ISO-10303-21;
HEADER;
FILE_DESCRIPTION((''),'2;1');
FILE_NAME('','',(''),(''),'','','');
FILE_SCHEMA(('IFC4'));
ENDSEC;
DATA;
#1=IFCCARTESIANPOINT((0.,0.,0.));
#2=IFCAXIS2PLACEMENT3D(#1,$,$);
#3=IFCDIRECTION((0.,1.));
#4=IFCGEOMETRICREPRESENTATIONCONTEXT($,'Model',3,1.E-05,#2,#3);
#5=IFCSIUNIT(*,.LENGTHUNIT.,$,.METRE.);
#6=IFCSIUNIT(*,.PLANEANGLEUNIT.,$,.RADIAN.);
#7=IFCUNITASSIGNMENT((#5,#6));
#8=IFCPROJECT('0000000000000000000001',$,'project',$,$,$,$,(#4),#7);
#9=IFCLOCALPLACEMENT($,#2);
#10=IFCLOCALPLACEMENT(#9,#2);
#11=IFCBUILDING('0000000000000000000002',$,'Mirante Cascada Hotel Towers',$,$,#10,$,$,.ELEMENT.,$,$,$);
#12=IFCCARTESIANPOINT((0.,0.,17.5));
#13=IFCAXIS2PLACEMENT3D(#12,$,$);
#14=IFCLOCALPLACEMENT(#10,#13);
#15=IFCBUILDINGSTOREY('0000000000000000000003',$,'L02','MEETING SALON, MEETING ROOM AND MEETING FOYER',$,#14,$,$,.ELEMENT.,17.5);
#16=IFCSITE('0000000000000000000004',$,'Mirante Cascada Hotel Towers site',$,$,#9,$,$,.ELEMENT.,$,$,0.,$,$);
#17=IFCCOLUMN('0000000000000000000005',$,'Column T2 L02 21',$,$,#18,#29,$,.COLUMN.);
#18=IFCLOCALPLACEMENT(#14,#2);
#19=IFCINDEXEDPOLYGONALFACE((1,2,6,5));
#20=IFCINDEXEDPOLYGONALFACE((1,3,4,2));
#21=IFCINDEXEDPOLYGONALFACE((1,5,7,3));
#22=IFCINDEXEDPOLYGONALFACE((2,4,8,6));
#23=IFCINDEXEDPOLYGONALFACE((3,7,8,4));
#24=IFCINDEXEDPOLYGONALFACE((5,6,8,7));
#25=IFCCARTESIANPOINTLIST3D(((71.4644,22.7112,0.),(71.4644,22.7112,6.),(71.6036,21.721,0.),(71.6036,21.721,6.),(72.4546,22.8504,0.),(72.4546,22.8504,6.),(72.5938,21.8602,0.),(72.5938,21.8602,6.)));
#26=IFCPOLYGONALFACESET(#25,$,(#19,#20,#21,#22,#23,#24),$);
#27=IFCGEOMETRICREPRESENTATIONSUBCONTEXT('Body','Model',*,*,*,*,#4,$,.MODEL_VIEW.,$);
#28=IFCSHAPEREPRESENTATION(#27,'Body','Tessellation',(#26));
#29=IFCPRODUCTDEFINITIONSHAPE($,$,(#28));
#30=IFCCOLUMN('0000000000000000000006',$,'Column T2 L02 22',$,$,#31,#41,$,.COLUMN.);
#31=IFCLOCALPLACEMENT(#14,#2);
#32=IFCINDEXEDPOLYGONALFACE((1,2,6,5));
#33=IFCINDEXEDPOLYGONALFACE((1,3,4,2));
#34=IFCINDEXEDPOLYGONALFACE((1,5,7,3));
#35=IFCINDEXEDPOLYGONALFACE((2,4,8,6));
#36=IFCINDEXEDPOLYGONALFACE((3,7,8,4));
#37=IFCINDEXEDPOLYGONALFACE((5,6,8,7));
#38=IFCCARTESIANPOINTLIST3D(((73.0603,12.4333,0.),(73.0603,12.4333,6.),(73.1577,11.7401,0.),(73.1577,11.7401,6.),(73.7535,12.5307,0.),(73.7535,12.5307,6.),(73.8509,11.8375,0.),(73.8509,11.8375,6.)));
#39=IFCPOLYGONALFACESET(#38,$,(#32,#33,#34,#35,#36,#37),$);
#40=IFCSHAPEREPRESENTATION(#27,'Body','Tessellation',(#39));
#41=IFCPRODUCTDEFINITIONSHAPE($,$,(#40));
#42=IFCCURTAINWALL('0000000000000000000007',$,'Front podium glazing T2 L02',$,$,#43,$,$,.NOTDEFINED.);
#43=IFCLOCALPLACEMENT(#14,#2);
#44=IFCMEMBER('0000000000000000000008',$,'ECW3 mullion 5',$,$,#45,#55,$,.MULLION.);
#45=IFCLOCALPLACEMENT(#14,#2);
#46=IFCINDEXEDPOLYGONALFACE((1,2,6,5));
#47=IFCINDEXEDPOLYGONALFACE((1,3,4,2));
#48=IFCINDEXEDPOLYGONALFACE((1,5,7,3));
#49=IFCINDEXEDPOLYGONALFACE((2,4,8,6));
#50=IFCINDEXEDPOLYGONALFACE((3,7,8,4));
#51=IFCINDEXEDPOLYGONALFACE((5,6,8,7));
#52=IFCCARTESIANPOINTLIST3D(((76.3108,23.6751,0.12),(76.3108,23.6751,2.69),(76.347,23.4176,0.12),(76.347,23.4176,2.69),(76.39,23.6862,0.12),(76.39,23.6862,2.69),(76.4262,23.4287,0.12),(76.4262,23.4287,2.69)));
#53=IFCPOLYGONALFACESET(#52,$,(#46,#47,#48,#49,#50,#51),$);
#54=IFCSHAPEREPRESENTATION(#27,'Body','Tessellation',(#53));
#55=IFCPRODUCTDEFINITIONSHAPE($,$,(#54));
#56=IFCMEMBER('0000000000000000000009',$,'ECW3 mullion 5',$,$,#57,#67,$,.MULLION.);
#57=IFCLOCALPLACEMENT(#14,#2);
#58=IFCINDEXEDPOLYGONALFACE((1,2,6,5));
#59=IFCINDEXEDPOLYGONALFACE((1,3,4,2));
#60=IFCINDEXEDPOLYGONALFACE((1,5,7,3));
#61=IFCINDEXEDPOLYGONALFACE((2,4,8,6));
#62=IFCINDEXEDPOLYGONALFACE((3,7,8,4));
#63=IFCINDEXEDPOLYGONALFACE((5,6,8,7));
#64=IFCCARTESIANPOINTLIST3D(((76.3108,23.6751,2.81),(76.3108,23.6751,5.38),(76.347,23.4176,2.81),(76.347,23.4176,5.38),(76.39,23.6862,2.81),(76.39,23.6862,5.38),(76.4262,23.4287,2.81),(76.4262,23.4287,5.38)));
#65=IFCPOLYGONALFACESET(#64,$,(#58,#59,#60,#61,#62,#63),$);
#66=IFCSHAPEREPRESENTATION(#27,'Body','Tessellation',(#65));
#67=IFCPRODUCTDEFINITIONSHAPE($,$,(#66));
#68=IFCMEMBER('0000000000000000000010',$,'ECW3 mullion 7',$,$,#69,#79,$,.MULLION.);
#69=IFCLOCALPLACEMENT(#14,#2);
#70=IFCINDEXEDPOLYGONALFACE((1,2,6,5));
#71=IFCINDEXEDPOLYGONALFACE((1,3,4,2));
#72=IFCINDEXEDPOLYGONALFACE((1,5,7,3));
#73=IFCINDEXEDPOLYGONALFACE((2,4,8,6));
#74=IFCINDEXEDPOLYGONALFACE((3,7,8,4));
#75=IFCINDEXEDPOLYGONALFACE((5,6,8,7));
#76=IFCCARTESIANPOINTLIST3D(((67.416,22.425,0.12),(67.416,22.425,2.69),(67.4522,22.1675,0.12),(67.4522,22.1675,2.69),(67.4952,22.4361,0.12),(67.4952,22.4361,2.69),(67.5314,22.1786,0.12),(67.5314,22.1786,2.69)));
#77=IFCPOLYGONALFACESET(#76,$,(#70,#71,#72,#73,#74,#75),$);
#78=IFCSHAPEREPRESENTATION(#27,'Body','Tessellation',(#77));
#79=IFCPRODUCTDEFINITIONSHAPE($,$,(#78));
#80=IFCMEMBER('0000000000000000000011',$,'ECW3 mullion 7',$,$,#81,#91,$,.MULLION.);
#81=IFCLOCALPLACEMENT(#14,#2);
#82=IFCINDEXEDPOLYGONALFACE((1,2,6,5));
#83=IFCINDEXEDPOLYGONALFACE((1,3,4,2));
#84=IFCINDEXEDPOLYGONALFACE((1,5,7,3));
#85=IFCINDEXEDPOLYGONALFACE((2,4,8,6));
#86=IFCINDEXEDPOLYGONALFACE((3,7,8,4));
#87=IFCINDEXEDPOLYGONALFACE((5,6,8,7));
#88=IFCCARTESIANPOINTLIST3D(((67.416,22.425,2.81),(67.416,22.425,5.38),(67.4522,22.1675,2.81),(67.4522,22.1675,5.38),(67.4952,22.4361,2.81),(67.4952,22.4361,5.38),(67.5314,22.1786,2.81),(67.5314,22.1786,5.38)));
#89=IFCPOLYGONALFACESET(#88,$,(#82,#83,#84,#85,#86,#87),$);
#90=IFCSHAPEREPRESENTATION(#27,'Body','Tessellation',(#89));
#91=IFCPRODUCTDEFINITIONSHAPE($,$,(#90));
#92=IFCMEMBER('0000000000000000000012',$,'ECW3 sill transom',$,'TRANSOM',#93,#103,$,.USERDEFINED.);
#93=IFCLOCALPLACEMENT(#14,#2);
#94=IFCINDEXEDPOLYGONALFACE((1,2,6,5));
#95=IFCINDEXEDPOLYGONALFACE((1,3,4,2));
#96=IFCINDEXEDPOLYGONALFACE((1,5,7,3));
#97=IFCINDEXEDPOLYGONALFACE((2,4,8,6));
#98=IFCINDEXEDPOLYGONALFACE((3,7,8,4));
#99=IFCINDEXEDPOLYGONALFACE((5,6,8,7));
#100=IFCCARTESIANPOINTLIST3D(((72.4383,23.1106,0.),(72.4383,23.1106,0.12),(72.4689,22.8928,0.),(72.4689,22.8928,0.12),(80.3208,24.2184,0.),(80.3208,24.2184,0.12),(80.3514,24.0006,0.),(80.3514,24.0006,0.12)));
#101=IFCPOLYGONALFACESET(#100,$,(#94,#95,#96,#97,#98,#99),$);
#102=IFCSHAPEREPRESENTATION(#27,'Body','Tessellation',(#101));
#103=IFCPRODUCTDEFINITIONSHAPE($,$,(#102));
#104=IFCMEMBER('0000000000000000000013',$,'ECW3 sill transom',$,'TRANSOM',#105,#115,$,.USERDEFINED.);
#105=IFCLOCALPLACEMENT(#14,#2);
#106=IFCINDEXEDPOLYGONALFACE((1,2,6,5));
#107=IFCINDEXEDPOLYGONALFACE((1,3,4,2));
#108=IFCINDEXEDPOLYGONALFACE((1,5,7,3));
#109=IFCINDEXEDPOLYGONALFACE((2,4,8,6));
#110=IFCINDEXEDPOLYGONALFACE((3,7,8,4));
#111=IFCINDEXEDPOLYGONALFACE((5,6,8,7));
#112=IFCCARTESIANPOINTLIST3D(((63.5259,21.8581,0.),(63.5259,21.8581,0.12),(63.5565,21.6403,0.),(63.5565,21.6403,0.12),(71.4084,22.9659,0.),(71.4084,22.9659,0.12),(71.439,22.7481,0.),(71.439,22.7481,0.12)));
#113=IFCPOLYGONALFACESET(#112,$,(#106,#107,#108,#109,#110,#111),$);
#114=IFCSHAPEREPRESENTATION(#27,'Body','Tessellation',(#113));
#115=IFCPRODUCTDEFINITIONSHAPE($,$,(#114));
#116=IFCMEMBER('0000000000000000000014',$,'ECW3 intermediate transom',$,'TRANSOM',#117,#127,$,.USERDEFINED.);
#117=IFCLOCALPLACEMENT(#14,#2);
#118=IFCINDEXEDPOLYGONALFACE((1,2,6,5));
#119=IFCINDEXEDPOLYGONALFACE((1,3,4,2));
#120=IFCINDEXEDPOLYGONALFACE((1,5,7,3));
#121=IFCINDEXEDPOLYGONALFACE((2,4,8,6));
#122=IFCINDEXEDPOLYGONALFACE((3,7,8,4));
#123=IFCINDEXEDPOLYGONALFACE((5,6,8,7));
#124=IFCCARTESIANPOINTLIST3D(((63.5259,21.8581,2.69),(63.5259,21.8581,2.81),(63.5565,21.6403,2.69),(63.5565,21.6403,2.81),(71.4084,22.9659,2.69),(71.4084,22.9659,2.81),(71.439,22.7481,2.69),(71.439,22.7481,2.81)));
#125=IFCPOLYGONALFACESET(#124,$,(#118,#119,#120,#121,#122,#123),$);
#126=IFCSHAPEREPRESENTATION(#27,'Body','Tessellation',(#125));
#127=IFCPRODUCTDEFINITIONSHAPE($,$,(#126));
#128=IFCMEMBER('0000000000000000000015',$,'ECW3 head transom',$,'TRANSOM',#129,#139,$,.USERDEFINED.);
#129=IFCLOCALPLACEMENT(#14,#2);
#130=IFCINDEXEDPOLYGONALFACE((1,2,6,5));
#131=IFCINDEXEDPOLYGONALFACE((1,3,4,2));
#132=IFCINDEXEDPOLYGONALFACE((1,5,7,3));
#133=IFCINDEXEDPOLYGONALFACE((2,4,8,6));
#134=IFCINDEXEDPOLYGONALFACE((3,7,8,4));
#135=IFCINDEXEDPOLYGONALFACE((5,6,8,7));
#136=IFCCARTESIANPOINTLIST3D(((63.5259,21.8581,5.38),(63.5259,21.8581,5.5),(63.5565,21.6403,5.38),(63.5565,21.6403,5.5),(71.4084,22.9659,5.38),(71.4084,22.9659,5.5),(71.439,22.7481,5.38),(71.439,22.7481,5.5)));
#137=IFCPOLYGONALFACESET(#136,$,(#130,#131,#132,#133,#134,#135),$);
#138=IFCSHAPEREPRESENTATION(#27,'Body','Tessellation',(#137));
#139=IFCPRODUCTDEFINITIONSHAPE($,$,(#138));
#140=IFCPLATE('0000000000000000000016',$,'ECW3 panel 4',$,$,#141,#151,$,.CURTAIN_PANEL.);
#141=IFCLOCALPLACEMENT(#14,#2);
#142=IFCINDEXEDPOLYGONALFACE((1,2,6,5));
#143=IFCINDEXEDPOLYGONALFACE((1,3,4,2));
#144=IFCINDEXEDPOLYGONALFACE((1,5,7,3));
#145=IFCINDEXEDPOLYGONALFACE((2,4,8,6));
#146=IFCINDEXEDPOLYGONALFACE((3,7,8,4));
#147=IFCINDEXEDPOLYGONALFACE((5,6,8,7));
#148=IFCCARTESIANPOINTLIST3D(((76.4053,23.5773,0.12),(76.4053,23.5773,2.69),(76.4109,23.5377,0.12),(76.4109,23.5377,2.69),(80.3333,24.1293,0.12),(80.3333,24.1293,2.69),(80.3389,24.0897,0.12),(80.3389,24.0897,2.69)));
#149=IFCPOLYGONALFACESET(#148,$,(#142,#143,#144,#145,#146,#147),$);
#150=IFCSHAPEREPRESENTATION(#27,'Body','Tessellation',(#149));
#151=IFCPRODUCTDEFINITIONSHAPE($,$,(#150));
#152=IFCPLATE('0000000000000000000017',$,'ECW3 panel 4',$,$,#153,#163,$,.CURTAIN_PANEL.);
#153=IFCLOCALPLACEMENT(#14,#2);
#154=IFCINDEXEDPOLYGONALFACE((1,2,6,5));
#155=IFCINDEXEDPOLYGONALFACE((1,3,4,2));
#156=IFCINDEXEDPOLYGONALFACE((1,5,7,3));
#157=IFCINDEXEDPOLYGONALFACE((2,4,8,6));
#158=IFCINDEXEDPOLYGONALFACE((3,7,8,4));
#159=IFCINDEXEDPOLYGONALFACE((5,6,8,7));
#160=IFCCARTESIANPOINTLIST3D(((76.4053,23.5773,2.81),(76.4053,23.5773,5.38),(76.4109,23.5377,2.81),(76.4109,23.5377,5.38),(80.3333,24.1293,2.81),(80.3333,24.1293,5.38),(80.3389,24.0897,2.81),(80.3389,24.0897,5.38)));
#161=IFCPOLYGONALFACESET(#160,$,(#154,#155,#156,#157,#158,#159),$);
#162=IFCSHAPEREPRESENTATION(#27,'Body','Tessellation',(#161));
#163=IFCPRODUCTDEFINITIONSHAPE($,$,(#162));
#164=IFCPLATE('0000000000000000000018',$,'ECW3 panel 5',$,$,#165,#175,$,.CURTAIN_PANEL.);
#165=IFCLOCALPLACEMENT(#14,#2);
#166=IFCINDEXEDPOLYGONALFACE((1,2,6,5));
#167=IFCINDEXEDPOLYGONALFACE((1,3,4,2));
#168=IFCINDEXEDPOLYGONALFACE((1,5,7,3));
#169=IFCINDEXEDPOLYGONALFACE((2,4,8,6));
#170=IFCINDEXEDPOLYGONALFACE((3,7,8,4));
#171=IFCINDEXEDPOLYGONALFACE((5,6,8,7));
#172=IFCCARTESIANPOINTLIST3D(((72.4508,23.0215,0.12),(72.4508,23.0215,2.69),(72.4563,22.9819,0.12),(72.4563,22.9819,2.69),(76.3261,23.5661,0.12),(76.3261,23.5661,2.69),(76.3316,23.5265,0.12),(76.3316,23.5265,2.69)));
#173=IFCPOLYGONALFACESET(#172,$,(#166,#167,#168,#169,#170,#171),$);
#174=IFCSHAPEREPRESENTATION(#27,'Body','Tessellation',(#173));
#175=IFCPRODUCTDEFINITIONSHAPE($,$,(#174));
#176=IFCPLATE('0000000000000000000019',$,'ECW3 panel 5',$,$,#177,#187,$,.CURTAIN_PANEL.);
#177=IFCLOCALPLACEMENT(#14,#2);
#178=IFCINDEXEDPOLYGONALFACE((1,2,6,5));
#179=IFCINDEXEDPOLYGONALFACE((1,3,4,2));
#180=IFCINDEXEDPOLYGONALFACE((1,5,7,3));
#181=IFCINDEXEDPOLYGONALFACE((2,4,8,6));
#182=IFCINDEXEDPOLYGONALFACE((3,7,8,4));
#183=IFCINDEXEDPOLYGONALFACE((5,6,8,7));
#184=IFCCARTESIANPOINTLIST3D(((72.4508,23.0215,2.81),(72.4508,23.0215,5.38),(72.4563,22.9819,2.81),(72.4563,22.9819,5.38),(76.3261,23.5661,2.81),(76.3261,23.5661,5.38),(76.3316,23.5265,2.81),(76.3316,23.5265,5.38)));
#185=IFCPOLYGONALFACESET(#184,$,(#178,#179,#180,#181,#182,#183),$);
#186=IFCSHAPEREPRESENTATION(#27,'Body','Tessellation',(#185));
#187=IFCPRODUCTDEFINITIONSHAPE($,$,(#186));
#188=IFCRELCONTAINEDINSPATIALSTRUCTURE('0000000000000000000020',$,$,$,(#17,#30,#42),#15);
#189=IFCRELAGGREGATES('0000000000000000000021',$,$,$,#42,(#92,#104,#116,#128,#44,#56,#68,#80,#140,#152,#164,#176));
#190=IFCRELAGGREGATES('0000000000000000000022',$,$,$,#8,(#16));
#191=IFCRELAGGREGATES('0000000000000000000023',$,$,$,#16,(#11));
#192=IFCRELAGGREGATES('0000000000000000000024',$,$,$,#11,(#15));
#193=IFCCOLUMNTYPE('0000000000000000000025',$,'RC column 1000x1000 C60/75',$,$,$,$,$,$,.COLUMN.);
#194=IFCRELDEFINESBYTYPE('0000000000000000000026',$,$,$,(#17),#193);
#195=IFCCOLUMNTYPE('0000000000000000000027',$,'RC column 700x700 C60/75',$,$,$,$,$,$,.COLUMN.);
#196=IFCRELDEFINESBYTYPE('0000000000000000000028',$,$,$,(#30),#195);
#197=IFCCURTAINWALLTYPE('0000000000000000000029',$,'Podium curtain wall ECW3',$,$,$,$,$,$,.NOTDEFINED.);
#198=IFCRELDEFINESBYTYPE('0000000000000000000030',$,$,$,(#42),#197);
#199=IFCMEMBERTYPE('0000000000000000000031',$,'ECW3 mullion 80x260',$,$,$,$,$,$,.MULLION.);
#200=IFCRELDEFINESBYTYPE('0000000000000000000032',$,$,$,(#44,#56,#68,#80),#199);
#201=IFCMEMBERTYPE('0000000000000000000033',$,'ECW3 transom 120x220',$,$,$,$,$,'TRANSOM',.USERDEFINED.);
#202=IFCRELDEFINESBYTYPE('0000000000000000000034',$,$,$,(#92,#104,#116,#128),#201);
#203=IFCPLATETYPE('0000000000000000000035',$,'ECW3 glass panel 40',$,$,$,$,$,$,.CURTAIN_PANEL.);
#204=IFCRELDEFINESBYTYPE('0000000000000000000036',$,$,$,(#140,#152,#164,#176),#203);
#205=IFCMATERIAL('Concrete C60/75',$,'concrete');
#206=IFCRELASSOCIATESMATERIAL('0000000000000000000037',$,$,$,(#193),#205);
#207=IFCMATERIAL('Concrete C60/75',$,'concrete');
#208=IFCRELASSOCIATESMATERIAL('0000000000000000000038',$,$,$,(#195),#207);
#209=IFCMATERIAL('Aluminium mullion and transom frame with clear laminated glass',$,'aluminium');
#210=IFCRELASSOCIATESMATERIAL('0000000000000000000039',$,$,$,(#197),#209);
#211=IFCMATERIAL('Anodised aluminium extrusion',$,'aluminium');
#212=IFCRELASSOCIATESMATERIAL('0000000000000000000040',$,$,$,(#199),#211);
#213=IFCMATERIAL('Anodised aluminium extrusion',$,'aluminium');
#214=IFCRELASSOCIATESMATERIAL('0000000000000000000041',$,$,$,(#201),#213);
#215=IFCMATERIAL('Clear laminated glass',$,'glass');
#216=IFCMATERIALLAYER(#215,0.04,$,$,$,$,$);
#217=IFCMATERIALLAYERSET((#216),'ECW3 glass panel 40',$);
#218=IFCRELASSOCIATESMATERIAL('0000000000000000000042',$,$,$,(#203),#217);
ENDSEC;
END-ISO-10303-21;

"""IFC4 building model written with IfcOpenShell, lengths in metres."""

from ifc_helpers import new_model, si_unit, direction, frame, origin, origin_2d, place, context, subcontext, project, spatial, rectangle, extrude, material, layer, layer_set, material_profile, profile_set, type_object, element, aggregate, save


model = new_model("IFC4")

# Units and contexts
model_context = context("Model", 3, precision=1e-05, world=origin(), true_north=direction((0.0, 1.0)))
body_context = subcontext(model_context, "Body", "Model", "MODEL_VIEW")
ifc_project = project(units=[si_unit("LENGTHUNIT", "METRE"), si_unit("PLANEANGLEUNIT", "RADIAN")], contexts=[model_context])

# Site, building, storey
site_placement = place(None, origin())
site = spatial("IfcSite", under=ifc_project, at=site_placement, Name="Mirante Cascada Hotel Towers site", CompositionType="ELEMENT", RefElevation=0.0)
building_placement = place(site_placement, origin())
building = spatial("IfcBuilding", under=site, at=building_placement, Name="Mirante Cascada Hotel Towers", CompositionType="ELEMENT")
storey_placement = place(building_placement, frame((0.0, 0.0, 17.5)))
storey = spatial("IfcBuildingStorey", under=building, at=storey_placement, Name="L02", Description="MEETING SALON, MEETING ROOM AND MEETING FOYER", CompositionType="ELEMENT", Elevation=17.5)

# Columns
ifc_material_1 = material(Name="Concrete C60/75", Category="concrete")
ifc_material_profile_1 = material_profile(ifc_material_1, rectangle(XDim=1.0, YDim=1.0, at=origin_2d()), Name="RC column 1000x1000 C60/75")
ifc_profile_set_1 = profile_set([ifc_material_profile_1], Name="Concrete C60/75")
column_type_1 = type_object("IfcColumnType", Name="RC column 1000x1000 C60/75", PredefinedType="COLUMN", material=ifc_profile_set_1)
column_1_placement = place(storey_placement, frame((72.0291, 22.2857, 0.0), z_axis=(0.0, 0.0, 1.0), x_axis=(0.990268, 0.139173, 0.0)))
element("IfcColumn", 1, at=column_1_placement, inside=storey, type_object=column_type_1, Name="Column T2 L02 21", PredefinedType="COLUMN", context=body_context, shape_type="SweptSolid", body=[
    extrude(rectangle(XDim=1.0, YDim=1.0, at=origin_2d()), origin(), (0.0, 0.0, 1.0), 6.0),
])
ifc_material_2 = material(Name="Concrete C60/75", Category="concrete")
ifc_material_profile_2 = material_profile(ifc_material_2, rectangle(XDim=0.7, YDim=0.7, at=origin_2d()), Name="RC column 700x700 C60/75")
ifc_profile_set_2 = profile_set([ifc_material_profile_2], Name="Concrete C60/75")
column_type_2 = type_object("IfcColumnType", Name="RC column 700x700 C60/75", PredefinedType="COLUMN", material=ifc_profile_set_2)
column_2_placement = place(storey_placement, frame((73.4556, 12.1354, 0.0), z_axis=(0.0, 0.0, 1.0), x_axis=(0.990268, 0.139173, 0.0)))
element("IfcColumn", 2, at=column_2_placement, inside=storey, type_object=column_type_2, Name="Column T2 L02 22", PredefinedType="COLUMN", context=body_context, shape_type="SweptSolid", body=[
    extrude(rectangle(XDim=0.7, YDim=0.7, at=origin_2d()), origin(), (0.0, 0.0, 1.0), 6.0),
])

# Curtain wall, members, plates
ifc_material_3 = material(Name="Aluminium mullion and transom frame with clear laminated glass", Category="aluminium")
curtain_wall_type = type_object("IfcCurtainWallType", Name="Podium curtain wall ECW3", PredefinedType="NOTDEFINED", material=ifc_material_3)
curtain_wall_placement = place(storey_placement, origin())
curtain_wall = element("IfcCurtainWall", 3, at=curtain_wall_placement, inside=storey, type_object=curtain_wall_type, Name="Front podium glazing T2 L02", PredefinedType="NOTDEFINED")
ifc_material_4 = material(Name="Anodised aluminium extrusion", Category="aluminium")
ifc_material_profile_3 = material_profile(ifc_material_4, rectangle(XDim=0.26, YDim=0.08, at=origin_2d()), Name="ECW3 MULLION 80x260")
ifc_profile_set_3 = profile_set([ifc_material_profile_3], Name="Anodised aluminium extrusion")
member_type_1 = type_object("IfcMemberType", Name="ECW3 mullion 80x260", PredefinedType="MULLION", material=ifc_profile_set_3)
member_1_placement = place(storey_placement, frame((76.3685, 23.5519, 0.12), z_axis=(0.0, 0.0, 1.0), x_axis=(0.139173, -0.990268, 0.0)))
member_1 = element("IfcMember", 4, at=member_1_placement, type_object=member_type_1, Name="ECW3 mullion 5", PredefinedType="MULLION", context=body_context, shape_type="SweptSolid", body=[
    extrude(rectangle(XDim=0.26, YDim=0.08, at=origin_2d()), origin(), (0.0, 0.0, 1.0), 2.57),
])
member_2_placement = place(storey_placement, frame((76.3685, 23.5519, 2.81), z_axis=(0.0, 0.0, 1.0), x_axis=(0.139173, -0.990268, 0.0)))
member_2 = element("IfcMember", 5, at=member_2_placement, type_object=member_type_1, Name="ECW3 mullion 5", PredefinedType="MULLION", context=body_context, shape_type="SweptSolid", body=[
    extrude(rectangle(XDim=0.26, YDim=0.08, at=origin_2d()), origin(), (0.0, 0.0, 1.0), 2.57),
])
member_3_placement = place(storey_placement, frame((67.4737, 22.3018, 0.12), z_axis=(0.0, 0.0, 1.0), x_axis=(0.139173, -0.990268, 0.0)))
member_3 = element("IfcMember", 6, at=member_3_placement, type_object=member_type_1, Name="ECW3 mullion 7", PredefinedType="MULLION", context=body_context, shape_type="SweptSolid", body=[
    extrude(rectangle(XDim=0.26, YDim=0.08, at=origin_2d()), origin(), (0.0, 0.0, 1.0), 2.57),
])
member_4_placement = place(storey_placement, frame((67.4737, 22.3018, 2.81), z_axis=(0.0, 0.0, 1.0), x_axis=(0.139173, -0.990268, 0.0)))
member_4 = element("IfcMember", 7, at=member_4_placement, type_object=member_type_1, Name="ECW3 mullion 7", PredefinedType="MULLION", context=body_context, shape_type="SweptSolid", body=[
    extrude(rectangle(XDim=0.26, YDim=0.08, at=origin_2d()), origin(), (0.0, 0.0, 1.0), 2.57),
])
ifc_material_5 = material(Name="Anodised aluminium extrusion", Category="aluminium")
ifc_material_profile_4 = material_profile(ifc_material_5, rectangle(XDim=0.22, YDim=0.12, at=origin_2d()), Name="ECW3 TRANSOM 120x220")
ifc_profile_set_4 = profile_set([ifc_material_profile_4], Name="Anodised aluminium extrusion")
member_type_2 = type_object("IfcMemberType", Name="ECW3 transom 120x220", ElementType="TRANSOM", PredefinedType="USERDEFINED", material=ifc_profile_set_4)
member_5_placement = place(storey_placement, frame((80.3361, 24.1095, 0.06), z_axis=(-0.990268, -0.139172, 0.0), x_axis=(0.139172, -0.990268, 0.0)))
member_5 = element("IfcMember", 8, at=member_5_placement, type_object=member_type_2, Name="ECW3 sill transom", ObjectType="TRANSOM", PredefinedType="USERDEFINED", context=body_context, shape_type="SweptSolid", body=[
    extrude(rectangle(XDim=0.22, YDim=0.12, at=origin_2d()), origin(), (0.0, 0.0, 1.0), 7.96),
])
member_6_placement = place(storey_placement, frame((71.4237, 22.857, 0.06), z_axis=(-0.990268, -0.139172, 0.0), x_axis=(0.139172, -0.990268, 0.0)))
member_6 = element("IfcMember", 9, at=member_6_placement, type_object=member_type_2, Name="ECW3 sill transom", ObjectType="TRANSOM", PredefinedType="USERDEFINED", context=body_context, shape_type="SweptSolid", body=[
    extrude(rectangle(XDim=0.22, YDim=0.12, at=origin_2d()), origin(), (0.0, 0.0, 1.0), 7.96),
])
member_7_placement = place(storey_placement, frame((71.4237, 22.857, 2.75), z_axis=(-0.990268, -0.139172, 0.0), x_axis=(0.139172, -0.990268, 0.0)))
member_7 = element("IfcMember", 10, at=member_7_placement, type_object=member_type_2, Name="ECW3 intermediate transom", ObjectType="TRANSOM", PredefinedType="USERDEFINED", context=body_context, shape_type="SweptSolid", body=[
    extrude(rectangle(XDim=0.22, YDim=0.12, at=origin_2d()), origin(), (0.0, 0.0, 1.0), 7.96),
])
member_8_placement = place(storey_placement, frame((71.4237, 22.857, 5.44), z_axis=(-0.990268, -0.139172, 0.0), x_axis=(0.139172, -0.990268, 0.0)))
member_8 = element("IfcMember", 11, at=member_8_placement, type_object=member_type_2, Name="ECW3 head transom", ObjectType="TRANSOM", PredefinedType="USERDEFINED", context=body_context, shape_type="SweptSolid", body=[
    extrude(rectangle(XDim=0.22, YDim=0.12, at=origin_2d()), origin(), (0.0, 0.0, 1.0), 7.96),
])
ifc_material_6 = material(Name="Clear laminated glass", Category="glass")
ifc_layer_1 = layer(ifc_material_6, 0.04)
ifc_layer_set_1 = layer_set([ifc_layer_1], Name="ECW3 glass panel 40")
plate_type = type_object("IfcPlateType", Name="ECW3 glass panel 40", PredefinedType="CURTAIN_PANEL", material=ifc_layer_set_1)
plate_1_placement = place(storey_placement, frame((78.3721, 23.8335, 0.12), z_axis=(0.0, 0.0, 1.0), x_axis=(-0.990268, -0.139173, 0.0)))
plate_1 = element("IfcPlate", 12, at=plate_1_placement, type_object=plate_type, Name="ECW3 panel 4", PredefinedType="CURTAIN_PANEL", context=body_context, shape_type="SweptSolid", body=[
    extrude(rectangle(XDim=3.9666, YDim=0.04, at=origin_2d()), origin(), (0.0, 0.0, 1.0), 2.57),
])
plate_2_placement = place(storey_placement, frame((78.3721, 23.8335, 2.81), z_axis=(0.0, 0.0, 1.0), x_axis=(-0.990268, -0.139173, 0.0)))
plate_2 = element("IfcPlate", 13, at=plate_2_placement, type_object=plate_type, Name="ECW3 panel 4", PredefinedType="CURTAIN_PANEL", context=body_context, shape_type="SweptSolid", body=[
    extrude(rectangle(XDim=3.9666, YDim=0.04, at=origin_2d()), origin(), (0.0, 0.0, 1.0), 2.57),
])
plate_3_placement = place(storey_placement, frame((74.3912, 23.274, 0.12), z_axis=(0.0, 0.0, 1.0), x_axis=(-0.990268, -0.139173, 0.0)))
plate_3 = element("IfcPlate", 14, at=plate_3_placement, type_object=plate_type, Name="ECW3 panel 5", PredefinedType="CURTAIN_PANEL", context=body_context, shape_type="SweptSolid", body=[
    extrude(rectangle(XDim=3.9134, YDim=0.04, at=origin_2d()), origin(), (0.0, 0.0, 1.0), 2.57),
])
plate_4_placement = place(storey_placement, frame((74.3912, 23.274, 2.81), z_axis=(0.0, 0.0, 1.0), x_axis=(-0.990268, -0.139173, 0.0)))
plate_4 = element("IfcPlate", 15, at=plate_4_placement, type_object=plate_type, Name="ECW3 panel 5", PredefinedType="CURTAIN_PANEL", context=body_context, shape_type="SweptSolid", body=[
    extrude(rectangle(XDim=3.9134, YDim=0.04, at=origin_2d()), origin(), (0.0, 0.0, 1.0), 2.57),
])
aggregate(curtain_wall, [member_5, member_6, member_7, member_8, member_1, member_2, member_3, member_4, plate_1, plate_2, plate_3, plate_4])

save(model, "model.ifc")
